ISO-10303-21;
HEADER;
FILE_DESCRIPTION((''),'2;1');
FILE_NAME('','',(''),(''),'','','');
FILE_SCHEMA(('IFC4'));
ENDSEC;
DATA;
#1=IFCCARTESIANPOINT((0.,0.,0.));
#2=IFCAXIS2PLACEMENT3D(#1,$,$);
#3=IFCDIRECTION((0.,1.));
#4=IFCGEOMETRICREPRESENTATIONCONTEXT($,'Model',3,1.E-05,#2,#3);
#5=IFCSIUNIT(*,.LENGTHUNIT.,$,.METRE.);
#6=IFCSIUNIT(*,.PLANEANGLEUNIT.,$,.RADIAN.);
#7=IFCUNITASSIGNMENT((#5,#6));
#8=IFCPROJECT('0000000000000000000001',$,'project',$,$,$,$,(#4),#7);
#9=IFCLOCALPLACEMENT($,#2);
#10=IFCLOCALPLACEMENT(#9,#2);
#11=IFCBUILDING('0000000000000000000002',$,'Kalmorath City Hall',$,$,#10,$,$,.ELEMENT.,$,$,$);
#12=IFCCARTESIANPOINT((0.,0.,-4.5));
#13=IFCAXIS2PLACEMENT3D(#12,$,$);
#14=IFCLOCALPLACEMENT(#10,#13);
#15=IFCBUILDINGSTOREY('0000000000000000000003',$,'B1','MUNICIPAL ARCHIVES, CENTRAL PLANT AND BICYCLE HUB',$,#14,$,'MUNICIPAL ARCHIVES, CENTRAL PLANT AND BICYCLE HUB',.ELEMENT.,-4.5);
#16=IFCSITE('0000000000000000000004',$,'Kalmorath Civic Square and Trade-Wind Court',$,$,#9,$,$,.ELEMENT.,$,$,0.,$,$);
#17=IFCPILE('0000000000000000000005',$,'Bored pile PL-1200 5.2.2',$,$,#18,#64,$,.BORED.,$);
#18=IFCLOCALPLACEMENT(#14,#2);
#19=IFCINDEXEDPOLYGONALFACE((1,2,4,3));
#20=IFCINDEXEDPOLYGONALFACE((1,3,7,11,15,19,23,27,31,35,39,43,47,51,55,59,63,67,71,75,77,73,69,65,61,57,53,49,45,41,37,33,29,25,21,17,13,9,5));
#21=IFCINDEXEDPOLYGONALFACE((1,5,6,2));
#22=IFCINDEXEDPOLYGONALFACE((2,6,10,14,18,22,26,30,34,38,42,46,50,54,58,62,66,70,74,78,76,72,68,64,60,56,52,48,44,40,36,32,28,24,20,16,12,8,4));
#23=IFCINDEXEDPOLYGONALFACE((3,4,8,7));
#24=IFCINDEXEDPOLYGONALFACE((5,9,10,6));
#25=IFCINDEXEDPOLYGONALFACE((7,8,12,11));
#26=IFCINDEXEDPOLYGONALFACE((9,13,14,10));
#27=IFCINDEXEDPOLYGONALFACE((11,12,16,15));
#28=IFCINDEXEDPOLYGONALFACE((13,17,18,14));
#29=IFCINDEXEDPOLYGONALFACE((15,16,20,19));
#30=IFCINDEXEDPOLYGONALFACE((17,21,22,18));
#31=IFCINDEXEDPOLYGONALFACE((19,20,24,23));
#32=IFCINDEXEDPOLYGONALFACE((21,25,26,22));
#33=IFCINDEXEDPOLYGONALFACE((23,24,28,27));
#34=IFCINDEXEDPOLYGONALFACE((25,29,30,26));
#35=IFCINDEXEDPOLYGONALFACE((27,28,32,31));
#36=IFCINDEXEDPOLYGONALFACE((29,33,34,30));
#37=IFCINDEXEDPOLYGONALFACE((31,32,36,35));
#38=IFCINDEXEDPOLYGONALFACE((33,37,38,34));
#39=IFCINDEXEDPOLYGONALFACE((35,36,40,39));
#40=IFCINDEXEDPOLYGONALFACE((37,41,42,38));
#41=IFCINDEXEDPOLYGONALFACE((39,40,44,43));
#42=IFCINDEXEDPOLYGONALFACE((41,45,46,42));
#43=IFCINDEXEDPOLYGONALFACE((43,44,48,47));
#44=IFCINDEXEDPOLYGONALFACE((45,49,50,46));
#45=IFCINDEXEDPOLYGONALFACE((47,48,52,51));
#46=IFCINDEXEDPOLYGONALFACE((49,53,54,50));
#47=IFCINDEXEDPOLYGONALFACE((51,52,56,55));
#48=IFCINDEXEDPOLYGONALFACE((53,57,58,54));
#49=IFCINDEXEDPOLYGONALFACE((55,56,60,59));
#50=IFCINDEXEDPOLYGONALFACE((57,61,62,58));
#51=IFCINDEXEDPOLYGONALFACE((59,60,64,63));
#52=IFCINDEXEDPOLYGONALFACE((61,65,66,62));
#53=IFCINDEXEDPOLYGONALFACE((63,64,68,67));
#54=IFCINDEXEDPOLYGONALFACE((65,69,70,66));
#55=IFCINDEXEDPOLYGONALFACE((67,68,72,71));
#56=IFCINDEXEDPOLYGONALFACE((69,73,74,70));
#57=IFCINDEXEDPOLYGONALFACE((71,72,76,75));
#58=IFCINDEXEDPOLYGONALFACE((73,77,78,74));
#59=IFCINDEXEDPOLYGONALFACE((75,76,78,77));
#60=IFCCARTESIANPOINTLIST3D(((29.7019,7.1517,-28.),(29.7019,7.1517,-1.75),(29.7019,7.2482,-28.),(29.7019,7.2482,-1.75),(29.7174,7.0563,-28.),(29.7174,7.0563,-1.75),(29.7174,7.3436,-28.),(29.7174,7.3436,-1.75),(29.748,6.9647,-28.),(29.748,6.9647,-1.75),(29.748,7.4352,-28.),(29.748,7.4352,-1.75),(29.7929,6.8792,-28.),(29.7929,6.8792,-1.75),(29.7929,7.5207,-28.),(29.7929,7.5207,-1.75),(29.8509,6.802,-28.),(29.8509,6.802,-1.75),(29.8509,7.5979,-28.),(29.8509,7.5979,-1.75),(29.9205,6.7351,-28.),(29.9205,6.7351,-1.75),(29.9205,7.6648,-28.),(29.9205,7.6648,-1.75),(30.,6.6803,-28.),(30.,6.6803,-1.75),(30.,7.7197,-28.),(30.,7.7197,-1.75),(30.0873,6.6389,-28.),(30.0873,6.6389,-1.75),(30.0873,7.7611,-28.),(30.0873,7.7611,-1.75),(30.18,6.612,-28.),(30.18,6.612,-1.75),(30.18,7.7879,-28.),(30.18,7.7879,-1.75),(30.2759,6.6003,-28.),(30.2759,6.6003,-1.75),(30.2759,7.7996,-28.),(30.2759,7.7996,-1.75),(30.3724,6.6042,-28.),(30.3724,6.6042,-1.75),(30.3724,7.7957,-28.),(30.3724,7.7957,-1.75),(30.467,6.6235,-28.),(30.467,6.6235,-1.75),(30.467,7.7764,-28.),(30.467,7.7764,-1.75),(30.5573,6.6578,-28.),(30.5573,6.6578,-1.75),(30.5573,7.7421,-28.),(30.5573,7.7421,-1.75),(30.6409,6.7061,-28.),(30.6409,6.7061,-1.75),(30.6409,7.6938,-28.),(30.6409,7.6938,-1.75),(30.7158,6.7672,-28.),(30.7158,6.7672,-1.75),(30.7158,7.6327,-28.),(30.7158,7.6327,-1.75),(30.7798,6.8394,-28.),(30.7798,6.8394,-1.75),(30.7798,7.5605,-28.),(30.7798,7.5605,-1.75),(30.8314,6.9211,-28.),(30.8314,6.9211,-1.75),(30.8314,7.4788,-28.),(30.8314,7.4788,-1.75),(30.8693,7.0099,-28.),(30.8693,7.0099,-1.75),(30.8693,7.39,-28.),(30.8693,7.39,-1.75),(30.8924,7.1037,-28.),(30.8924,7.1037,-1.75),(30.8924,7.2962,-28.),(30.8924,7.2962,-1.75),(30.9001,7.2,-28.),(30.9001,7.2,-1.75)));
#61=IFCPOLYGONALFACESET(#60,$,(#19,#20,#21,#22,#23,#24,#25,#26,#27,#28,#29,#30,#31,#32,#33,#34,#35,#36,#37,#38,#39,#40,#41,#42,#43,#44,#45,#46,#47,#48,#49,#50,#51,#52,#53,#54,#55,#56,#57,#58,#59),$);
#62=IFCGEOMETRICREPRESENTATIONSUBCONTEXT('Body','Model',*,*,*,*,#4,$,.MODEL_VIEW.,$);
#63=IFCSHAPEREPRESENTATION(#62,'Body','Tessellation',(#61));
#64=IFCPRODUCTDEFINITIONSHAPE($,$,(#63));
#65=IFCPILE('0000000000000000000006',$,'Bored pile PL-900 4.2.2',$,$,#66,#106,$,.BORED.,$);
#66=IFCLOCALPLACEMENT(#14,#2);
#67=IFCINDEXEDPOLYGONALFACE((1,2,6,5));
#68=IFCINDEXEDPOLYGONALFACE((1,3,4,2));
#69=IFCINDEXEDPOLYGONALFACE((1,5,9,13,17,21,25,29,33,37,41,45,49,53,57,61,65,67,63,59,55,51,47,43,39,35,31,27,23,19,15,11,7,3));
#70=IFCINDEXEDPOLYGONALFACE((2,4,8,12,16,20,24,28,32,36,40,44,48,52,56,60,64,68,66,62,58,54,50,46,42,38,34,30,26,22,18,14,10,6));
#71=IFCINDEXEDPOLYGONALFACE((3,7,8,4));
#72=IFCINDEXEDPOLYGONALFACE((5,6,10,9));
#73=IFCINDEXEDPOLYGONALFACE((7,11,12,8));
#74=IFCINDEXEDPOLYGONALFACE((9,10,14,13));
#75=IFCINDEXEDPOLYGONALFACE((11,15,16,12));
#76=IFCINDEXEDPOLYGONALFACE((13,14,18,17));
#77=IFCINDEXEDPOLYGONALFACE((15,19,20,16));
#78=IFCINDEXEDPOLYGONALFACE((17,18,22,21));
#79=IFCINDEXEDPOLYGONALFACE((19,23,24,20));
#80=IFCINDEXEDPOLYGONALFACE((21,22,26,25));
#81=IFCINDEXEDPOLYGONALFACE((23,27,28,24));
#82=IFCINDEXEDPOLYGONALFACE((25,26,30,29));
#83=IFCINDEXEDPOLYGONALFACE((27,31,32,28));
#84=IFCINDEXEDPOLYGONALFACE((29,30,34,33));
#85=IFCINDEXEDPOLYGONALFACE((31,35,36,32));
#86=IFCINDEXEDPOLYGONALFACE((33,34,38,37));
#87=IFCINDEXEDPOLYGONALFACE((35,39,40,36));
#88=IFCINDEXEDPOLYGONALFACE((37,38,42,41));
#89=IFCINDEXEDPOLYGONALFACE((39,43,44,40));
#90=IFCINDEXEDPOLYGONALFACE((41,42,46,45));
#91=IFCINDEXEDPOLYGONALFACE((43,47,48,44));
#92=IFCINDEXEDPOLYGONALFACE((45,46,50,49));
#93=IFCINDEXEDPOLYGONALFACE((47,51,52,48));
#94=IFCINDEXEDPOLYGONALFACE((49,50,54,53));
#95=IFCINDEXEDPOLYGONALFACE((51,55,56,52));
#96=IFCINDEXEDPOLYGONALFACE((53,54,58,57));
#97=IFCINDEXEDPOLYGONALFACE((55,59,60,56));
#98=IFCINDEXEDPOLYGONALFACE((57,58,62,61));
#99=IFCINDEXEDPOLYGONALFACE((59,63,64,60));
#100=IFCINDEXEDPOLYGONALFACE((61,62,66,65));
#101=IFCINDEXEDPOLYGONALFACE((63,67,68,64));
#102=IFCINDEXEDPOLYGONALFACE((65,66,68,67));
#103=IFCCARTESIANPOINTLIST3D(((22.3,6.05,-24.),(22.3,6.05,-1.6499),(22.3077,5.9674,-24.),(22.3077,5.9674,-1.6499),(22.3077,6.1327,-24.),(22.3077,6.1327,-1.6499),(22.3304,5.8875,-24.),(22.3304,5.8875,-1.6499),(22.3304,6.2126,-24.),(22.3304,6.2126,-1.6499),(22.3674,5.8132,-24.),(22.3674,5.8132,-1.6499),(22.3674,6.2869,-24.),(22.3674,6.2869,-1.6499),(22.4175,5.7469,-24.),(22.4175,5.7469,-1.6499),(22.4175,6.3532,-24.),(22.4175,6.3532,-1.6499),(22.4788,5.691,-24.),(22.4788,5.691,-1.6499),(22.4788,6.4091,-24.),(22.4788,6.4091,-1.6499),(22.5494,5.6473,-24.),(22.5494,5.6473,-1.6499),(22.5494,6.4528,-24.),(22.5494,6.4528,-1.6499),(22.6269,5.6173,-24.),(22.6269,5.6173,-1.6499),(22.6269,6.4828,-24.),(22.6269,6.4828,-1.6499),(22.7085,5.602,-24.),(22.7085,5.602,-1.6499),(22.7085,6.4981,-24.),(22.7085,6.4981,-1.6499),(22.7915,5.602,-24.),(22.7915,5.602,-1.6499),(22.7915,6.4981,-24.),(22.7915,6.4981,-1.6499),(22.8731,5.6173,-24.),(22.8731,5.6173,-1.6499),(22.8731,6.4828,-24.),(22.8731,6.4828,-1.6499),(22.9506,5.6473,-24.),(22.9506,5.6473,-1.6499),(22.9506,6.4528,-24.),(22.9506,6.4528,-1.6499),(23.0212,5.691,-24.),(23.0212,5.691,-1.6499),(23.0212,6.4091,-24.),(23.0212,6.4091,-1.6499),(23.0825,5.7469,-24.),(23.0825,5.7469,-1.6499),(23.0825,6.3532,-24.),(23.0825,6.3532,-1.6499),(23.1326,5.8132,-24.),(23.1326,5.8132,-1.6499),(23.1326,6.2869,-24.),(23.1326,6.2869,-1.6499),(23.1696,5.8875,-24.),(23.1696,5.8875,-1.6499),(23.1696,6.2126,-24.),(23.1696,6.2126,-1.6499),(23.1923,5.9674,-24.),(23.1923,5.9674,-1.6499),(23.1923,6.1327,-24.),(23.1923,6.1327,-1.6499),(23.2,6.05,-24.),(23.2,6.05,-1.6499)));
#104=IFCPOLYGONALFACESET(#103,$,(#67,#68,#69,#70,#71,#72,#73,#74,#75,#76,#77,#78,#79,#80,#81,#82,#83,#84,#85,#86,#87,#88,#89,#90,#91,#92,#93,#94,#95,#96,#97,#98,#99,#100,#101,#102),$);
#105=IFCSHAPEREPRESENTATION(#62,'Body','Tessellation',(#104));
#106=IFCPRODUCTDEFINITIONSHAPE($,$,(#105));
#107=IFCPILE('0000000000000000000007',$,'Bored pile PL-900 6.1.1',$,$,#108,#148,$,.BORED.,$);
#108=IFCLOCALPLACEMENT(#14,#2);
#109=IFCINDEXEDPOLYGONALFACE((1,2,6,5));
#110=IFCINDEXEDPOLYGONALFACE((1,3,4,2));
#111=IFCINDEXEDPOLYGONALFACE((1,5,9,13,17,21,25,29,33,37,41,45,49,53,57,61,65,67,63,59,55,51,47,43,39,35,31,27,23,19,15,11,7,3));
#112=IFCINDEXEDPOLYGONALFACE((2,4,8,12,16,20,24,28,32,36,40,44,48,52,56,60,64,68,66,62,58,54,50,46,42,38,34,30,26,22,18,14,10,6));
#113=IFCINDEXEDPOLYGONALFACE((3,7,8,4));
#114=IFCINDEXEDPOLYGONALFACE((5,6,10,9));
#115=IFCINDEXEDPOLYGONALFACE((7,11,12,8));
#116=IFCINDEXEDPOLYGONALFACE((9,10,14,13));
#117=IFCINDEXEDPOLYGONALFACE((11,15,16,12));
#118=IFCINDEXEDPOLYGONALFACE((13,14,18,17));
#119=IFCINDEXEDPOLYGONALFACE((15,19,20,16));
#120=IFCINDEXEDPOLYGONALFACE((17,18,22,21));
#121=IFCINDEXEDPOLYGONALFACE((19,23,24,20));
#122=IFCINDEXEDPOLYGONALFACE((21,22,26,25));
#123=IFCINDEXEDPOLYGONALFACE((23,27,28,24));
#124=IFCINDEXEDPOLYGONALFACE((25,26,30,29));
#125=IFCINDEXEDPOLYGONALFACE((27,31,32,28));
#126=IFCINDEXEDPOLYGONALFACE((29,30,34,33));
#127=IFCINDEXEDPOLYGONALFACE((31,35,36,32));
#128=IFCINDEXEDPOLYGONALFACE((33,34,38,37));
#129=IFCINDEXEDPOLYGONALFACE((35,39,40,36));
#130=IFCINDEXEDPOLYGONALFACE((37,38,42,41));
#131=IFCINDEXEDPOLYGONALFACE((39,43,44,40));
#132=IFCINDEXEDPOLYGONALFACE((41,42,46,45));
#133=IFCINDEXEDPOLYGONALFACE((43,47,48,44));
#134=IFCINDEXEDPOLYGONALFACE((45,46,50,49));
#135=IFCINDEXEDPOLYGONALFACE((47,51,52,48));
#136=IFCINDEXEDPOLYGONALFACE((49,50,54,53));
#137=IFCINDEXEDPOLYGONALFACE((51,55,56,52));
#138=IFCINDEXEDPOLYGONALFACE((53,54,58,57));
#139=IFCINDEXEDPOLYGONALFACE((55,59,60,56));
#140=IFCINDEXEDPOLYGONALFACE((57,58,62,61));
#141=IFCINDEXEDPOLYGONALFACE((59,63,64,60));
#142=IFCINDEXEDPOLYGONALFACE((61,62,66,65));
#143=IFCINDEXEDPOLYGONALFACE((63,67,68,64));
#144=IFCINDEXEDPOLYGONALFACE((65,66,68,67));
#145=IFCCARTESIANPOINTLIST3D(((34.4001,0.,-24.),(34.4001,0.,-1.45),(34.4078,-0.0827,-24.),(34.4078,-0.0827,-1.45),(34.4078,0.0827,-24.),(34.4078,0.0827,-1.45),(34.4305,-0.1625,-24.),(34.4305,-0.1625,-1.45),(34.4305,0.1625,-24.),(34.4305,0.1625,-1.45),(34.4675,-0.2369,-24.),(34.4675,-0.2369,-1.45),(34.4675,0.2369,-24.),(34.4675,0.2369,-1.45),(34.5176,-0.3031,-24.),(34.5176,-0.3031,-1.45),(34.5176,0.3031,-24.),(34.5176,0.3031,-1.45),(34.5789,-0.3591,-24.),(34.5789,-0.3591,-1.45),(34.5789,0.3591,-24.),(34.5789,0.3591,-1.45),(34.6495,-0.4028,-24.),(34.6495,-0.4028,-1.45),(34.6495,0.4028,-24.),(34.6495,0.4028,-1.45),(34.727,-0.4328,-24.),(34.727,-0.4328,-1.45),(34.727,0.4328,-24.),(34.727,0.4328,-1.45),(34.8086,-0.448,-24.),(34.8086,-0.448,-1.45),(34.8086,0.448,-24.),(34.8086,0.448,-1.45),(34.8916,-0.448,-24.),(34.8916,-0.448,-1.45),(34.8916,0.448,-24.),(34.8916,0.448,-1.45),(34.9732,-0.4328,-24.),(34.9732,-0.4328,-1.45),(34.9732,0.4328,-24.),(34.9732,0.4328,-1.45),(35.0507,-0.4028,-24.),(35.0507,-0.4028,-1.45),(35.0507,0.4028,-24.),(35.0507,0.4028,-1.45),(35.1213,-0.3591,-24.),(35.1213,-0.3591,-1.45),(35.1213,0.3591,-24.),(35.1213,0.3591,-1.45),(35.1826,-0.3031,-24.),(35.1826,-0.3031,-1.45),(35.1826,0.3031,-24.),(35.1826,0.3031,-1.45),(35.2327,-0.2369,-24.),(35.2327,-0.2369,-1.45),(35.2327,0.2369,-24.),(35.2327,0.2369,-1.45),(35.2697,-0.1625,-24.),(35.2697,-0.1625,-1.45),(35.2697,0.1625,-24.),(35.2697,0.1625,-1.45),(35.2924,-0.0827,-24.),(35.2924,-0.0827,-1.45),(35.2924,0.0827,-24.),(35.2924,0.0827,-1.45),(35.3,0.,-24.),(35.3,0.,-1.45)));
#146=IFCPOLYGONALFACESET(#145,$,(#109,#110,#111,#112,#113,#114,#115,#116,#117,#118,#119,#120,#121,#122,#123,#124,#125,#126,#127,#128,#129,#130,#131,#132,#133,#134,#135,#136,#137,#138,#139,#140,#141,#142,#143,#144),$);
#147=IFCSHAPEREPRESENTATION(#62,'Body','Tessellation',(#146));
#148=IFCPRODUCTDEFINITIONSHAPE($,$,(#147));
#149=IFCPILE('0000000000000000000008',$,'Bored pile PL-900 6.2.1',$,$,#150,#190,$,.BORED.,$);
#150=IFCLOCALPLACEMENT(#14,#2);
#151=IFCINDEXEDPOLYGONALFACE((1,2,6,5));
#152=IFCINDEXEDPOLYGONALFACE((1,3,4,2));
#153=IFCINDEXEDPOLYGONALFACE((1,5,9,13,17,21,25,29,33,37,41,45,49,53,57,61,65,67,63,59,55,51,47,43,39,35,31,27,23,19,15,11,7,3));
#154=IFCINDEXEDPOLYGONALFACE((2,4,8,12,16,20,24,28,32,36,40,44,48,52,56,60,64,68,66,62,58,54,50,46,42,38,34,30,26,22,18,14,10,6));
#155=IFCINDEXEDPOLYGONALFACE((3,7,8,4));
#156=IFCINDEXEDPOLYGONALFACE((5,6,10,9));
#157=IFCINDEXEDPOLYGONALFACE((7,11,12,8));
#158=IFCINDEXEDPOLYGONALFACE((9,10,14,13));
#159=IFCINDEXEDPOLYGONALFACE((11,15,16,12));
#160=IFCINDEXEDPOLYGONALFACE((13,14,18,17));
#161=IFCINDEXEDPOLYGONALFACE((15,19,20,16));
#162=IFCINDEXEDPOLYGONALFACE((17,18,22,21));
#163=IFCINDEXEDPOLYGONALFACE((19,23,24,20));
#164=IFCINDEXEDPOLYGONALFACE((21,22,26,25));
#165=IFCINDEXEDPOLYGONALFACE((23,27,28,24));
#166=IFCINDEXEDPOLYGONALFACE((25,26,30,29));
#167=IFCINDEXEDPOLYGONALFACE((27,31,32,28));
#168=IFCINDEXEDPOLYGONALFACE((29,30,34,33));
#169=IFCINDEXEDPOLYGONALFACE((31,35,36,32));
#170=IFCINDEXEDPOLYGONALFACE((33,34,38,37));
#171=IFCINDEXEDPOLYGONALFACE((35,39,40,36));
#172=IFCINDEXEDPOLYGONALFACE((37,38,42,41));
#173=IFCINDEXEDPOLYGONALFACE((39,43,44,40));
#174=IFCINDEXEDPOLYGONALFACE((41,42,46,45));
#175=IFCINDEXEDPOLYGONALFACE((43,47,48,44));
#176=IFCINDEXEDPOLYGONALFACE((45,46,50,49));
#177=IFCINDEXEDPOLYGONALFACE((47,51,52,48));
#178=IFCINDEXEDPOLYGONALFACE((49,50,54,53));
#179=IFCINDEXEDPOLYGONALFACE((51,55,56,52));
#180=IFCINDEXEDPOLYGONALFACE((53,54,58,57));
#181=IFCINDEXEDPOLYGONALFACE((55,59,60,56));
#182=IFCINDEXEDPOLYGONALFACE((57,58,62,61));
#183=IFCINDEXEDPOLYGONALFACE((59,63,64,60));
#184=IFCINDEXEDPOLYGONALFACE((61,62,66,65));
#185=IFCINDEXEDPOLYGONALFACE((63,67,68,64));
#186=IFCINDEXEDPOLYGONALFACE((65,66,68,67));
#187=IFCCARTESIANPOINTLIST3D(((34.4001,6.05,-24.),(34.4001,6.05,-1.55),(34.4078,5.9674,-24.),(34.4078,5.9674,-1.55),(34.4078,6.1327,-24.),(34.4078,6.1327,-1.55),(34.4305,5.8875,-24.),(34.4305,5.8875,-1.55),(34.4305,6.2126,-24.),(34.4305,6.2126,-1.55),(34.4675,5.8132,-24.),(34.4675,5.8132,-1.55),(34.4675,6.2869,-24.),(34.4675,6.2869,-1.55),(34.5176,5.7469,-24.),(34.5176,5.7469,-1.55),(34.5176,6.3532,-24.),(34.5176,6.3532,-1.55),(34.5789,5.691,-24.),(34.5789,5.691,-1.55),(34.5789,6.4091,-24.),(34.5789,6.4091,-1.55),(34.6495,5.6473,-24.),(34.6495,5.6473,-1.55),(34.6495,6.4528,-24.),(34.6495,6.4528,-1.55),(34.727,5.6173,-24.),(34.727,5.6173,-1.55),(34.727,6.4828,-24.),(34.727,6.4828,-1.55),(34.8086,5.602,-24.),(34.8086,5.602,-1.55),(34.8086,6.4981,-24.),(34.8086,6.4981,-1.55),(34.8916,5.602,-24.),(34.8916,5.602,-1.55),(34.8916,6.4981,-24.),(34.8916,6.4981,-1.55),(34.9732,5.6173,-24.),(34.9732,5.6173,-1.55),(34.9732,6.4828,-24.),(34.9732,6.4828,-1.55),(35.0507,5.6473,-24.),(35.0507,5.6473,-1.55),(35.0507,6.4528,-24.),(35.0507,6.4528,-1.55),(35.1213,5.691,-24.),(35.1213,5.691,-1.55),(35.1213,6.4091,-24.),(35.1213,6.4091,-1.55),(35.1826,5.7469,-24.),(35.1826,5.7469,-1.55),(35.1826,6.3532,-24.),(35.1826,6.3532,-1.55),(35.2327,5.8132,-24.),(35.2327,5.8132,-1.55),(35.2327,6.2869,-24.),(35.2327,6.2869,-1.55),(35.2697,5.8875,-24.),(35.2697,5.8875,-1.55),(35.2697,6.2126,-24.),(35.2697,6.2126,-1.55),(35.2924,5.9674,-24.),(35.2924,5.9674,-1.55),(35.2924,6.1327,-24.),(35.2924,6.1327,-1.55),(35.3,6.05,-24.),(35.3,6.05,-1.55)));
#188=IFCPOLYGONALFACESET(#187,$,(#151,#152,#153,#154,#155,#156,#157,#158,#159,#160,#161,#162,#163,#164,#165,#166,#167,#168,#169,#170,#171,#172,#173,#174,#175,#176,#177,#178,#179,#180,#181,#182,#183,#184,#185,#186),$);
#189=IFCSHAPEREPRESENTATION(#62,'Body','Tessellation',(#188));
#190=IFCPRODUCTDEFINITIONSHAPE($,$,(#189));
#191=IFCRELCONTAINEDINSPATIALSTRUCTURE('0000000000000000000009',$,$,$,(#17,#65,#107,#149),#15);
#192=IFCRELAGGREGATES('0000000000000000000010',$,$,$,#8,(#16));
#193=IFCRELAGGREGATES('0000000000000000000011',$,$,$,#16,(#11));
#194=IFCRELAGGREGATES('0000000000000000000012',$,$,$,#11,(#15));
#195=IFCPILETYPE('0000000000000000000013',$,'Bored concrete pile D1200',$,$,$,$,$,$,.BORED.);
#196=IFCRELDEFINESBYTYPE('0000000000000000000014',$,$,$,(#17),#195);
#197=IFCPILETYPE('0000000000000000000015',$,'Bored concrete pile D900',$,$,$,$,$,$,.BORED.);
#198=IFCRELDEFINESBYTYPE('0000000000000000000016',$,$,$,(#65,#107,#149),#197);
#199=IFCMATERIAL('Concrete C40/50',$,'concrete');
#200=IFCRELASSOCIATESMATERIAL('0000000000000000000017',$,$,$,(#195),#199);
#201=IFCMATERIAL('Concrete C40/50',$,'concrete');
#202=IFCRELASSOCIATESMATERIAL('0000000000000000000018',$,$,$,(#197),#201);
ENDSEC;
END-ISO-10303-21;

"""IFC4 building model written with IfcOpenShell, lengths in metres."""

from ifc_helpers import new_model, si_unit, direction, frame, origin, origin_2d, place, context, subcontext, project, spatial, circle, extrude, material, material_profile, profile_set, type_object, element, save


model = new_model("IFC4")

# Units and contexts
model_context = context("Model", 3, precision=1e-05, world=origin(), true_north=direction((0.0, 1.0)))
body_context = subcontext(model_context, "Body", "Model", "MODEL_VIEW")
ifc_project = project(units=[si_unit("LENGTHUNIT", "METRE"), si_unit("PLANEANGLEUNIT", "RADIAN")], contexts=[model_context])

# Site, building, storey
site_placement = place(None, origin())
site = spatial("IfcSite", under=ifc_project, at=site_placement, Name="Kalmorath Civic Square and Trade-Wind Court", CompositionType="ELEMENT", RefElevation=0.0)
building_placement = place(site_placement, origin())
building = spatial("IfcBuilding", under=site, at=building_placement, Name="Kalmorath City Hall", CompositionType="ELEMENT")
storey_placement = place(building_placement, frame((0.0, 0.0, -4.5)))
storey = spatial("IfcBuildingStorey", under=building, at=storey_placement, Name="B1", Description="MUNICIPAL ARCHIVES, CENTRAL PLANT AND BICYCLE HUB", LongName="MUNICIPAL ARCHIVES, CENTRAL PLANT AND BICYCLE HUB", CompositionType="ELEMENT", Elevation=-4.5)

# Piles
ifc_material_1 = material(Name="Concrete C40/50", Category="concrete")
ifc_material_profile_1 = material_profile(ifc_material_1, circle(Radius=0.6001, at=origin_2d()), Name="PILE-D1200")
ifc_profile_set_1 = profile_set([ifc_material_profile_1], Name="Concrete C40/50")
pile_type_1 = type_object("IfcPileType", Name="Bored concrete pile D1200", PredefinedType="BORED", material=ifc_profile_set_1)
for number, where, z_axis, x_axis, name in (
    (1, (30.3, 7.2, -1.75), (0.0, 0.0, -1.0), (1.0, 0.0, 0.0), "Bored pile PL-1200 5.2.2"),
):
    element("IfcPile", number, at=place(storey_placement, frame(where, z_axis=z_axis, x_axis=x_axis)), inside=storey, type_object=pile_type_1, Name=name, PredefinedType="BORED", context=body_context, shape_type="SweptSolid", body=[
        extrude(circle(Radius=0.6001, at=origin_2d()), origin(), (0.0, 0.0, 1.0), 26.25),
    ])
ifc_material_2 = material(Name="Concrete C40/50", Category="concrete")
ifc_material_profile_2 = material_profile(ifc_material_2, circle(Radius=0.45, at=origin_2d()), Name="PILE-D900")
ifc_profile_set_2 = profile_set([ifc_material_profile_2], Name="Concrete C40/50")
pile_type_2 = type_object("IfcPileType", Name="Bored concrete pile D900", PredefinedType="BORED", material=ifc_profile_set_2)
pile_1_placement = place(storey_placement, frame((22.75, 6.05, -1.6499), z_axis=(0.0, 0.0, -1.0), x_axis=(1.0, 0.0, 0.0)))
element("IfcPile", 2, at=pile_1_placement, inside=storey, type_object=pile_type_2, Name="Bored pile PL-900 4.2.2", PredefinedType="BORED", context=body_context, shape_type="SweptSolid", body=[
    extrude(circle(Radius=0.45, at=origin_2d()), origin(), (0.0, 0.0, 1.0), 22.3501),
])
pile_2_placement = place(storey_placement, frame((34.8501, 0.0, -1.45), z_axis=(0.0, 0.0, -1.0), x_axis=(1.0, 0.0, 0.0)))
element("IfcPile", 3, at=pile_2_placement, inside=storey, type_object=pile_type_2, Name="Bored pile PL-900 6.1.1", PredefinedType="BORED", context=body_context, shape_type="SweptSolid", body=[
    extrude(circle(Radius=0.45, at=origin_2d()), origin(), (0.0, 0.0, 1.0), 22.55),
])
pile_3_placement = place(storey_placement, frame((34.8501, 6.05, -1.55), z_axis=(0.0, 0.0, -1.0), x_axis=(1.0, 0.0, 0.0)))
element("IfcPile", 4, at=pile_3_placement, inside=storey, type_object=pile_type_2, Name="Bored pile PL-900 6.2.1", PredefinedType="BORED", context=body_context, shape_type="SweptSolid", body=[
    extrude(circle(Radius=0.45, at=origin_2d()), origin(), (0.0, 0.0, 1.0), 22.45),
])

save(model, "model.ifc")
